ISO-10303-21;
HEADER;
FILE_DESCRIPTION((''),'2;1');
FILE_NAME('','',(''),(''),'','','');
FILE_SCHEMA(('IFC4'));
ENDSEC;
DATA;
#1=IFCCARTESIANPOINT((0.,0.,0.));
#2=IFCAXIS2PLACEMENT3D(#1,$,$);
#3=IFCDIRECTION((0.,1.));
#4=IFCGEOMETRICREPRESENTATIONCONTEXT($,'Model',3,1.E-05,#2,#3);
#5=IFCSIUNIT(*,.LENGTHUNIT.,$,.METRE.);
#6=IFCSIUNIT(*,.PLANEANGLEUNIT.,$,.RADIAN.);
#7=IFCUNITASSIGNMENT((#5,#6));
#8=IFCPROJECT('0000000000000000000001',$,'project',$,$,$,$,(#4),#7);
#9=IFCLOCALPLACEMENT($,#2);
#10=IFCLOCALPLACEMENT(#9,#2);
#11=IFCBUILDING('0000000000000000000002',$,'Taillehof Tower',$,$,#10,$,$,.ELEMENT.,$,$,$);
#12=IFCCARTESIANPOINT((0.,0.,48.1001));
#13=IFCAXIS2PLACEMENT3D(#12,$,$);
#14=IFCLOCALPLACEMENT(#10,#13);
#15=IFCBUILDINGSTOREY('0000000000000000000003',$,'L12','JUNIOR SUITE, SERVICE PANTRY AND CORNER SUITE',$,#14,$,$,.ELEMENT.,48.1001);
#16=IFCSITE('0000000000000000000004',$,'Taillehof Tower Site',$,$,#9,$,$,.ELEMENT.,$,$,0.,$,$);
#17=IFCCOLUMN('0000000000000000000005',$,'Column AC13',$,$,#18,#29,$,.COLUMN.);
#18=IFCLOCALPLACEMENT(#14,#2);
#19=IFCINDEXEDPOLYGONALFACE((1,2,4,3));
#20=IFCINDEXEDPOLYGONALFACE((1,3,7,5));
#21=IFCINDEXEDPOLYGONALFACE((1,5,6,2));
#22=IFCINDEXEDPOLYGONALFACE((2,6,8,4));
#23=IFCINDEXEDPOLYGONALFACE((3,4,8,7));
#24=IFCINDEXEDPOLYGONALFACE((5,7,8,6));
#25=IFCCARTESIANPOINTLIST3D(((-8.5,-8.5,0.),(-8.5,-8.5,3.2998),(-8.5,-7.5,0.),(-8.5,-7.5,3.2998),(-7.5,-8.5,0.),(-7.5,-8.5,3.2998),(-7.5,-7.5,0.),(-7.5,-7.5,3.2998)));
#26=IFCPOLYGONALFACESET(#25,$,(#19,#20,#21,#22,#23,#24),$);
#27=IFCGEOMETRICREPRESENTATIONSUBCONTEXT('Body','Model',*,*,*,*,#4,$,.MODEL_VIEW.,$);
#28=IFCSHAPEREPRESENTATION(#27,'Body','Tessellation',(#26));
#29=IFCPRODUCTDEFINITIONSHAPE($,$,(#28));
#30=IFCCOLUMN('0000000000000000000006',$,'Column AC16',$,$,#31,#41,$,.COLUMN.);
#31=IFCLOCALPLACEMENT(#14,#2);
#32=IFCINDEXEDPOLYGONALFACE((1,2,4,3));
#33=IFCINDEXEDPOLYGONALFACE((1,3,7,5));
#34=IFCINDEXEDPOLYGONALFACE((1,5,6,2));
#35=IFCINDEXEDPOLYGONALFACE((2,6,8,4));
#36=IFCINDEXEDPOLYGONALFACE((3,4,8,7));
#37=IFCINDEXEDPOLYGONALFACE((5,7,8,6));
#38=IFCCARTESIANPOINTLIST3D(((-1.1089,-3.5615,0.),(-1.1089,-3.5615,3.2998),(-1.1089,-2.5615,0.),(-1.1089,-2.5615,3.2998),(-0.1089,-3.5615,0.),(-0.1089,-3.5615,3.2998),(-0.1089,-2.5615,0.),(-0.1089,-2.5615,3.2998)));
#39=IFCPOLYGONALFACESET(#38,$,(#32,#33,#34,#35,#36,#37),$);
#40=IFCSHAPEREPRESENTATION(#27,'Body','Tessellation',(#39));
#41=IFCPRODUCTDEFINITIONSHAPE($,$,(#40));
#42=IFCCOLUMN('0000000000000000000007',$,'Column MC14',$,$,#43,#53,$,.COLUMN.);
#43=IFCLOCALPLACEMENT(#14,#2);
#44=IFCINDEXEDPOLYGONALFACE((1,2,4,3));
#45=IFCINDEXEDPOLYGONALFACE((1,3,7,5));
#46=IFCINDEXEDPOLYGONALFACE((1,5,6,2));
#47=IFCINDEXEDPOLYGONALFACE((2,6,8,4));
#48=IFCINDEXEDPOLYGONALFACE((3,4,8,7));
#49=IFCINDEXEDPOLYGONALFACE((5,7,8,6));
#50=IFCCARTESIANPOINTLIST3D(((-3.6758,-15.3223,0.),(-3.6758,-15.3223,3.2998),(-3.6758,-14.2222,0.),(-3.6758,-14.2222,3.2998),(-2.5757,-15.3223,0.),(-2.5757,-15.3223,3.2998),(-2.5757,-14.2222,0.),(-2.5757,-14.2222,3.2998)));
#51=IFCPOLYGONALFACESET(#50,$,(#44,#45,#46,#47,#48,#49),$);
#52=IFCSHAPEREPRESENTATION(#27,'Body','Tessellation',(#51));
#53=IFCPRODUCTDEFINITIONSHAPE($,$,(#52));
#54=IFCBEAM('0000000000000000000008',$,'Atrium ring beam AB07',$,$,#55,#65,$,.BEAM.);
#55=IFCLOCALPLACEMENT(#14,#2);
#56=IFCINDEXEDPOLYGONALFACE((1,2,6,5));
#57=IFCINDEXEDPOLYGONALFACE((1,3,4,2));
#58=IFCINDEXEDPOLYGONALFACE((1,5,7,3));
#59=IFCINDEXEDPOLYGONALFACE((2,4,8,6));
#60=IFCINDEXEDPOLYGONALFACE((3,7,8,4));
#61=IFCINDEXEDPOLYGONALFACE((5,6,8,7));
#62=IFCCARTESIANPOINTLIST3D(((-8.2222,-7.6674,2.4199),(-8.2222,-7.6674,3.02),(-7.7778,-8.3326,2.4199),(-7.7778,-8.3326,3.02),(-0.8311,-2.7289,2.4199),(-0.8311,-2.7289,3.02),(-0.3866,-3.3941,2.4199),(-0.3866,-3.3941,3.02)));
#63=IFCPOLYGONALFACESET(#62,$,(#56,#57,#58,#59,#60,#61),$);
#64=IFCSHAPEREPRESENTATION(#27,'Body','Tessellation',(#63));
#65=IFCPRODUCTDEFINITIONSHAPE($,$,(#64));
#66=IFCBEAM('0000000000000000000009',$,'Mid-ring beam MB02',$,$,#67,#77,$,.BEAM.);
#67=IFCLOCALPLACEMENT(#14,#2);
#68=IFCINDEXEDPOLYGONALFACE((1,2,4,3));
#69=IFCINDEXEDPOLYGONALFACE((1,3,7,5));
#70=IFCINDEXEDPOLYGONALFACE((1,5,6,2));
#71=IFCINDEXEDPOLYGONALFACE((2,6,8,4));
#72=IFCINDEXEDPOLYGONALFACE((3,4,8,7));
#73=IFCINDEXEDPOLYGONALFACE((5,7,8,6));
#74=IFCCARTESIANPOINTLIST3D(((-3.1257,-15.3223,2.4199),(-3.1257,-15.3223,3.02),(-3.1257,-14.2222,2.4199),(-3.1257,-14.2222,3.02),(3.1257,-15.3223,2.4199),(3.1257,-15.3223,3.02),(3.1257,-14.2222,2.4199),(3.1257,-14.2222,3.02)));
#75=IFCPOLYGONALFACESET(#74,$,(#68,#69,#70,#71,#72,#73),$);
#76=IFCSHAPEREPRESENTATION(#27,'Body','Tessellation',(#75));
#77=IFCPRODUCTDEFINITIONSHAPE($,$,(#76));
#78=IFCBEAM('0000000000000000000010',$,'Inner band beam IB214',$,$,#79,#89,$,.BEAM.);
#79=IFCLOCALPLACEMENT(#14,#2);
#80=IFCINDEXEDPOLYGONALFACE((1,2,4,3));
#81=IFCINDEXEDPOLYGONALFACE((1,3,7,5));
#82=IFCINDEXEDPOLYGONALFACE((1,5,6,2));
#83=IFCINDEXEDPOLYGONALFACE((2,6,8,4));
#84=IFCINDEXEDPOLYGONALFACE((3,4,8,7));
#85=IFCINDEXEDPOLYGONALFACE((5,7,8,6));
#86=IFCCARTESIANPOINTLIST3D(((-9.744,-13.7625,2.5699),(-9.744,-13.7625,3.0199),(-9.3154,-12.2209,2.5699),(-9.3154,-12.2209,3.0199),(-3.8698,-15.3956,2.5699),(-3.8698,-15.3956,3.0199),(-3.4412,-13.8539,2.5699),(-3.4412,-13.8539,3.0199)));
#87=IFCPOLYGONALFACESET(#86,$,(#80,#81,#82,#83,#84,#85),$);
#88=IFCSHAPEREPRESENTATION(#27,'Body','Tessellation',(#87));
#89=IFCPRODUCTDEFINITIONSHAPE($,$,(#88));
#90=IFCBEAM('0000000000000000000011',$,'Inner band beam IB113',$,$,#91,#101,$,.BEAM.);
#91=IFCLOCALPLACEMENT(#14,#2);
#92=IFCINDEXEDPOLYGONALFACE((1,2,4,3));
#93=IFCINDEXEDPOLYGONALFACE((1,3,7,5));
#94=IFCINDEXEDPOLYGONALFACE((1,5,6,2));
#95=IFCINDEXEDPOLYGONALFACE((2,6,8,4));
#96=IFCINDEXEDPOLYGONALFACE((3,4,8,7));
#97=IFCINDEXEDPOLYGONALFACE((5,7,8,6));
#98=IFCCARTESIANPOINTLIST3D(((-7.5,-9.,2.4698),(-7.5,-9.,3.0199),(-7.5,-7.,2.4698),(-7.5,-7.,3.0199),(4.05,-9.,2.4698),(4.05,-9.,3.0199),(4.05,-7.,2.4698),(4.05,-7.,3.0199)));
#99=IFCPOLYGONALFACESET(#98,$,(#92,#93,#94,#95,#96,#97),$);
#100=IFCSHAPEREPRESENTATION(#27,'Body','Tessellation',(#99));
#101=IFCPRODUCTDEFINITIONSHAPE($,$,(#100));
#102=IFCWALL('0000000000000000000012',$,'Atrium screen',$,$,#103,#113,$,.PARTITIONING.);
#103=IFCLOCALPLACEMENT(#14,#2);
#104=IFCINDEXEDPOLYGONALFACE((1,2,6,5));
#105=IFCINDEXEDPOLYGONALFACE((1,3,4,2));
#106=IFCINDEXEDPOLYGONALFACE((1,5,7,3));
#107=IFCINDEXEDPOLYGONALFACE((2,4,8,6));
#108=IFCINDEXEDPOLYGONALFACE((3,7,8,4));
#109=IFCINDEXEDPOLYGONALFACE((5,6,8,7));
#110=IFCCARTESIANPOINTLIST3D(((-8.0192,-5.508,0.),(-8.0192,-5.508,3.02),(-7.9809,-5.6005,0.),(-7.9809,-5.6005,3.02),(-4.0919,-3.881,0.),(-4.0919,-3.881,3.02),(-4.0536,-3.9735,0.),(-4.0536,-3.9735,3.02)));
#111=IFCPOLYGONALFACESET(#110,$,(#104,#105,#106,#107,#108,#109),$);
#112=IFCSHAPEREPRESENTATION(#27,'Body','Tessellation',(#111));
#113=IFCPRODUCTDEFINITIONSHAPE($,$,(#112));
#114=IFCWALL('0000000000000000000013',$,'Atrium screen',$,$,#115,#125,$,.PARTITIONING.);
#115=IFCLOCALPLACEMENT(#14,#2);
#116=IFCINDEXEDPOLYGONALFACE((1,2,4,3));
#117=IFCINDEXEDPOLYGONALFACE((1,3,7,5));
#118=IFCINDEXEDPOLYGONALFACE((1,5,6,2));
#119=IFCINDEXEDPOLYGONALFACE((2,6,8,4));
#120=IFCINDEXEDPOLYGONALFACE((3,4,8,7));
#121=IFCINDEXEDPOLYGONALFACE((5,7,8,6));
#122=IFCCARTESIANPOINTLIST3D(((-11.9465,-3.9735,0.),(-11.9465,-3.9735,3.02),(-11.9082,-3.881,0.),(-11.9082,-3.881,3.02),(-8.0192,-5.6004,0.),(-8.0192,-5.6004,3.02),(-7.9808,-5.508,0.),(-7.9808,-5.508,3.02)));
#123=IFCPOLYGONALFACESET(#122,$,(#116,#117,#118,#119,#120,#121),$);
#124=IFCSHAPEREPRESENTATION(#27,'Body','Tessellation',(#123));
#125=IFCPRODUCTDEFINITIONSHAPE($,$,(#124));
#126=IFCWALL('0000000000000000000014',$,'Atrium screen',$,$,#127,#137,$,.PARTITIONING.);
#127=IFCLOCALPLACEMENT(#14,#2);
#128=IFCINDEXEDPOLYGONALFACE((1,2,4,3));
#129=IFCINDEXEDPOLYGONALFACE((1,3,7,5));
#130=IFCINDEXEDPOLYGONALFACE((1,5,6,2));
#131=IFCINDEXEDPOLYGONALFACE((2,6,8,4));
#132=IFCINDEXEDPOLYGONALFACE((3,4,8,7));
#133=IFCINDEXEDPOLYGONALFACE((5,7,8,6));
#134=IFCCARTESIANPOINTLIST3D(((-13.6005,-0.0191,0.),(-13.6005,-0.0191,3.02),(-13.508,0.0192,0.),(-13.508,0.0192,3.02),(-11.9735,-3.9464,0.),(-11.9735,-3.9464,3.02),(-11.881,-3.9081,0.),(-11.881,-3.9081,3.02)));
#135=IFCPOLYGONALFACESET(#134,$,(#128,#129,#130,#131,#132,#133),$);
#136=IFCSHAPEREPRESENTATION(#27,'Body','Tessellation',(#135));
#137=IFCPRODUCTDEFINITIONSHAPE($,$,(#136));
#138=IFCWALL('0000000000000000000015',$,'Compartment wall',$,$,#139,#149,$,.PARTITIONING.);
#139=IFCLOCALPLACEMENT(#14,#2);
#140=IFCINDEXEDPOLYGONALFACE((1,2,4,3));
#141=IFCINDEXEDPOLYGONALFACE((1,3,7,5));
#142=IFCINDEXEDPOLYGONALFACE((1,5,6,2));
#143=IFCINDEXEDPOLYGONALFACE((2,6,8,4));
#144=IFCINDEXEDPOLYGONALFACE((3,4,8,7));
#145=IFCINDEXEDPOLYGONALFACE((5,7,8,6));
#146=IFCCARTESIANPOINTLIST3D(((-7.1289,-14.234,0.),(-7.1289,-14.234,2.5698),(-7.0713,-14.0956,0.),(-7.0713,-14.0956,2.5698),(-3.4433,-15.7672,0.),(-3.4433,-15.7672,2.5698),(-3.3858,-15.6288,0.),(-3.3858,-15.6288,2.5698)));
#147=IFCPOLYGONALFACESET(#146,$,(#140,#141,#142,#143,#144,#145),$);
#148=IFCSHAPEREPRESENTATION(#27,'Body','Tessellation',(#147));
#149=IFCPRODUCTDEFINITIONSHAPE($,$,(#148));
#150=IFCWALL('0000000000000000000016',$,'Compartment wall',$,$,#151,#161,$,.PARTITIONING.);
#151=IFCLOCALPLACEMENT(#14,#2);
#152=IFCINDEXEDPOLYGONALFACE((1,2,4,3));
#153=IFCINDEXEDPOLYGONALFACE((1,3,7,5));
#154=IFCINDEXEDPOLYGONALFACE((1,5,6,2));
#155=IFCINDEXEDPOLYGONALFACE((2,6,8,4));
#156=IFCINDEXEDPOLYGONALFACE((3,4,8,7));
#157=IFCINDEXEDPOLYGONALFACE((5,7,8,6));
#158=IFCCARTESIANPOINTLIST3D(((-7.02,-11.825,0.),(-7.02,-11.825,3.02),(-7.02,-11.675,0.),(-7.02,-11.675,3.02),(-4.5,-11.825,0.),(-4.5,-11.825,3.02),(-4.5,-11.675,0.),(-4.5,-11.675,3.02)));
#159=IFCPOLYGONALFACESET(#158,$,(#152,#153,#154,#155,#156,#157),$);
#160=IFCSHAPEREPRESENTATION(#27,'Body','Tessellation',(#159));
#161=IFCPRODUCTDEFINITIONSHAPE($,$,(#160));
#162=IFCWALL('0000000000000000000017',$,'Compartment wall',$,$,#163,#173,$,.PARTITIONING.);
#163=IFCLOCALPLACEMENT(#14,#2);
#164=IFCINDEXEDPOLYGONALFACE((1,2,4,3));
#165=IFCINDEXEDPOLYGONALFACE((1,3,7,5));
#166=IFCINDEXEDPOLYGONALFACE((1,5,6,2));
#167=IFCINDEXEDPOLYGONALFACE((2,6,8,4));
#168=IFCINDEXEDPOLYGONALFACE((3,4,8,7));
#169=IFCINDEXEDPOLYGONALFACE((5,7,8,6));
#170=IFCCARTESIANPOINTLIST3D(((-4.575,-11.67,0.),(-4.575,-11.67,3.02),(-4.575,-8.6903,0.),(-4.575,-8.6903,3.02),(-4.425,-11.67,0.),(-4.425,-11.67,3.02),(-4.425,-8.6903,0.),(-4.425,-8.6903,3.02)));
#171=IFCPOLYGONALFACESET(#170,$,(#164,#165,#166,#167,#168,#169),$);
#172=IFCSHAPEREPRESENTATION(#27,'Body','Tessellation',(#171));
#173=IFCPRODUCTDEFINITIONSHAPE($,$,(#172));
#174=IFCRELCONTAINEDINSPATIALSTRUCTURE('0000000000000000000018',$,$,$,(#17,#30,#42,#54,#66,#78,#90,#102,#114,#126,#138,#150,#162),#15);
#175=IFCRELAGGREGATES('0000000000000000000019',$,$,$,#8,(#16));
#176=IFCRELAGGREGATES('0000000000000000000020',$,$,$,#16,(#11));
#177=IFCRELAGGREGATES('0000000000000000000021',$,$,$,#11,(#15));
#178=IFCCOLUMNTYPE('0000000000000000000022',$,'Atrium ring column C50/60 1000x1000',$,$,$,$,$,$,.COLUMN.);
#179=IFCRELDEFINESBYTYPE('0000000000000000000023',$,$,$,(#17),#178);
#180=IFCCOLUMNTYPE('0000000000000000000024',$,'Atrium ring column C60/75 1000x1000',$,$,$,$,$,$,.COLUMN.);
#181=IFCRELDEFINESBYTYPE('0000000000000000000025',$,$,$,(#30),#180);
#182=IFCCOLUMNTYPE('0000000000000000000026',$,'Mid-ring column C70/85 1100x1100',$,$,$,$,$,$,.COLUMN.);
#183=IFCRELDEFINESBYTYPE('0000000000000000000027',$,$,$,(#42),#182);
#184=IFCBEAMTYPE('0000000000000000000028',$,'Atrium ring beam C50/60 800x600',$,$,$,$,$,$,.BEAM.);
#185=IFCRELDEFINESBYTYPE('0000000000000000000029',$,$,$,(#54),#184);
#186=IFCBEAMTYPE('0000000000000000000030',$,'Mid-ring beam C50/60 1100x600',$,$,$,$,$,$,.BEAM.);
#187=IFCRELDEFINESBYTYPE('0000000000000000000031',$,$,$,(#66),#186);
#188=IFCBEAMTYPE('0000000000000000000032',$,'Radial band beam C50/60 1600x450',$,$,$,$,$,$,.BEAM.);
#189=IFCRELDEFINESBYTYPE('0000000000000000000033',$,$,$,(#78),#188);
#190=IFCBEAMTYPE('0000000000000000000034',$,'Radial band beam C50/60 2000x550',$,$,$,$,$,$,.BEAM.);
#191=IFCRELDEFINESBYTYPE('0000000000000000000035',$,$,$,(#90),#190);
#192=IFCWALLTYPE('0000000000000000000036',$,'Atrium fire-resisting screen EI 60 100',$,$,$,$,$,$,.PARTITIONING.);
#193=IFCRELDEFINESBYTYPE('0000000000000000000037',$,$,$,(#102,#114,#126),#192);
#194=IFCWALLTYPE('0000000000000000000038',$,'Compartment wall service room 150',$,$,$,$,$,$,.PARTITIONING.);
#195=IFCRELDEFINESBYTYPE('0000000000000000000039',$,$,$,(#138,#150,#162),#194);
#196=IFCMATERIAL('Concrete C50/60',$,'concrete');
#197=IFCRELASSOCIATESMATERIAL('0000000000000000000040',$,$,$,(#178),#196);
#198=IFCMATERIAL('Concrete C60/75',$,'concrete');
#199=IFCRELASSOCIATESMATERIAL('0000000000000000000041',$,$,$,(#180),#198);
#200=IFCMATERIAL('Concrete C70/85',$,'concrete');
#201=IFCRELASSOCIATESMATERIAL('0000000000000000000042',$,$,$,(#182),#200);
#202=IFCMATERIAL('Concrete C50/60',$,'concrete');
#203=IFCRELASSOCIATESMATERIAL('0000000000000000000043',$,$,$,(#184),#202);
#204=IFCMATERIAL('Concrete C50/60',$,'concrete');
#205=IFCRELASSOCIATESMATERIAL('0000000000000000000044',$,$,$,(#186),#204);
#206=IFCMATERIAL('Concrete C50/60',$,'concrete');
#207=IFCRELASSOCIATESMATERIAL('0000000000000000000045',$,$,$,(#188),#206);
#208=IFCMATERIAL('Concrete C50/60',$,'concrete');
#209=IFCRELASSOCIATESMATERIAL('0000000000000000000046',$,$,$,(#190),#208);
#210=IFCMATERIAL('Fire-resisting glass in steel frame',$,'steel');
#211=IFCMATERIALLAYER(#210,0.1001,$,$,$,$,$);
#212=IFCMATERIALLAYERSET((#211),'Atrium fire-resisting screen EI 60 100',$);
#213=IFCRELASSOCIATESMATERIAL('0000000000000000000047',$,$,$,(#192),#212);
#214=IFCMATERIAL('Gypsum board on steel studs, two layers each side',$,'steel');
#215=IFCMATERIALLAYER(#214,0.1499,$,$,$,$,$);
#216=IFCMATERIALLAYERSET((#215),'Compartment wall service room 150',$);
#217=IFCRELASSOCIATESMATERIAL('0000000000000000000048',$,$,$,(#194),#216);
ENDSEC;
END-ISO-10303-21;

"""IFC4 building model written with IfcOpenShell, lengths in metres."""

from ifc_helpers import new_model, si_unit, direction, frame, frame_2d, origin, origin_2d, place, context, subcontext, project, spatial, rectangle, extrude, material, layer, layer_set, material_profile, profile_set, type_object, element, save


model = new_model("IFC4")

# Units and contexts
model_context = context("Model", 3, precision=1e-05, world=origin(), true_north=direction((0.0, 1.0)))
body_context = subcontext(model_context, "Body", "Model", "MODEL_VIEW")
ifc_project = project(units=[si_unit("LENGTHUNIT", "METRE"), si_unit("PLANEANGLEUNIT", "RADIAN")], contexts=[model_context])

# Site, building, storey
site_placement = place(None, origin())
site = spatial("IfcSite", under=ifc_project, at=site_placement, Name="Taillehof Tower Site", CompositionType="ELEMENT", RefElevation=0.0)
building_placement = place(site_placement, origin())
building = spatial("IfcBuilding", under=site, at=building_placement, Name="Taillehof Tower", CompositionType="ELEMENT")
storey_placement = place(building_placement, frame((0.0, 0.0, 48.1001)))
storey = spatial("IfcBuildingStorey", under=building, at=storey_placement, Name="L12", Description="JUNIOR SUITE, SERVICE PANTRY AND CORNER SUITE", CompositionType="ELEMENT", Elevation=48.1001)

# Columns
ifc_material_1 = material(Name="Concrete C50/60", Category="concrete")
ifc_material_profile_1 = material_profile(ifc_material_1, rectangle(XDim=1.0, YDim=1.0, at=origin_2d()), Name="RC 1000x1000")
ifc_profile_set_1 = profile_set([ifc_material_profile_1], Name="Concrete C50/60")
column_type_1 = type_object("IfcColumnType", Name="Atrium ring column C50/60 1000x1000", PredefinedType="COLUMN", material=ifc_profile_set_1)
column_1_placement = place(storey_placement, frame((-8.0, -8.0, 0.0), z_axis=(0.0, 0.0, 1.0), x_axis=(1.0, 0.0, 0.0)))
element("IfcColumn", 1, at=column_1_placement, inside=storey, type_object=column_type_1, Name="Column AC13", PredefinedType="COLUMN", context=body_context, shape_type="SweptSolid", body=[
    extrude(rectangle(XDim=1.0, YDim=1.0, at=origin_2d()), origin(), (0.0, 0.0, 1.0), 3.2998),
])
ifc_material_2 = material(Name="Concrete C60/75", Category="concrete")
ifc_material_profile_2 = material_profile(ifc_material_2, rectangle(XDim=1.0, YDim=1.0, at=origin_2d()), Name="RC 1000x1000")
ifc_profile_set_2 = profile_set([ifc_material_profile_2], Name="Concrete C60/75")
column_type_2 = type_object("IfcColumnType", Name="Atrium ring column C60/75 1000x1000", PredefinedType="COLUMN", material=ifc_profile_set_2)
column_2_placement = place(storey_placement, frame((-0.6089, -3.0615, 0.0), z_axis=(0.0, 0.0, 1.0), x_axis=(1.0, 0.0, 0.0)))
element("IfcColumn", 2, at=column_2_placement, inside=storey, type_object=column_type_2, Name="Column AC16", PredefinedType="COLUMN", context=body_context, shape_type="SweptSolid", body=[
    extrude(rectangle(XDim=1.0, YDim=1.0, at=origin_2d()), origin(), (0.0, 0.0, 1.0), 3.2998),
])
ifc_material_3 = material(Name="Concrete C70/85", Category="concrete")
ifc_material_profile_3 = material_profile(ifc_material_3, rectangle(XDim=1.1001, YDim=1.1001, at=origin_2d()), Name="RC 1100x1100")
ifc_profile_set_3 = profile_set([ifc_material_profile_3], Name="Concrete C70/85")
column_type_3 = type_object("IfcColumnType", Name="Mid-ring column C70/85 1100x1100", PredefinedType="COLUMN", material=ifc_profile_set_3)
column_3_placement = place(storey_placement, frame((-3.1257, -14.7722, 0.0), z_axis=(0.0, 0.0, 1.0), x_axis=(1.0, 0.0, 0.0)))
element("IfcColumn", 3, at=column_3_placement, inside=storey, type_object=column_type_3, Name="Column MC14", PredefinedType="COLUMN", context=body_context, shape_type="SweptSolid", body=[
    extrude(rectangle(XDim=1.1001, YDim=1.1001, at=origin_2d()), origin(), (0.0, 0.0, 1.0), 3.2998),
])

# Beams
ifc_material_4 = material(Name="Concrete C50/60", Category="concrete")
ifc_material_profile_4 = material_profile(ifc_material_4, rectangle(XDim=0.8, YDim=0.6001, at=origin_2d()), Name="RC 800x600")
ifc_profile_set_4 = profile_set([ifc_material_profile_4], Name="Concrete C50/60")
beam_type_1 = type_object("IfcBeamType", Name="Atrium ring beam C50/60 800x600", PredefinedType="BEAM", material=ifc_profile_set_4)
beam_1_placement = place(storey_placement, frame((-8.0, -8.0, 2.72), z_axis=(0.831475, 0.555562, 0.0), x_axis=(-0.555562, 0.831475, 0.0)))
element("IfcBeam", 4, at=beam_1_placement, inside=storey, type_object=beam_type_1, Name="Atrium ring beam AB07", PredefinedType="BEAM", context=body_context, shape_type="SweptSolid", body=[
    extrude(rectangle(XDim=0.8, YDim=0.6001, at=origin_2d()), origin(), (0.0, 0.0, 1.0), 8.8892),
])
ifc_material_5 = material(Name="Concrete C50/60", Category="concrete")
ifc_material_profile_5 = material_profile(ifc_material_5, rectangle(XDim=1.1001, YDim=0.6001, at=origin_2d()), Name="RC 1100x600")
ifc_profile_set_5 = profile_set([ifc_material_profile_5], Name="Concrete C50/60")
beam_type_2 = type_object("IfcBeamType", Name="Mid-ring beam C50/60 1100x600", PredefinedType="BEAM", material=ifc_profile_set_5)
beam_2_placement = place(storey_placement, frame((-3.1257, -14.7722, 2.72), z_axis=(1.0, 0.0, 0.0), x_axis=(0.0, 1.0, 0.0)))
element("IfcBeam", 5, at=beam_2_placement, inside=storey, type_object=beam_type_2, Name="Mid-ring beam MB02", PredefinedType="BEAM", context=body_context, shape_type="SweptSolid", body=[
    extrude(rectangle(XDim=1.1001, YDim=0.6001, at=origin_2d()), origin(), (0.0, 0.0, 1.0), 6.2515),
])
ifc_material_6 = material(Name="Concrete C50/60", Category="concrete")
ifc_material_profile_6 = material_profile(ifc_material_6, rectangle(XDim=1.6001, YDim=0.45, at=origin_2d()), Name="RC 1600x450")
ifc_profile_set_6 = profile_set([ifc_material_profile_6], Name="Concrete C50/60")
beam_type_3 = type_object("IfcBeamType", Name="Radial band beam C50/60 1600x450", PredefinedType="BEAM", material=ifc_profile_set_6)
beam_3_placement = place(storey_placement, frame((-3.6555, -14.6248, 2.7949), z_axis=(-0.963459, 0.267855, 0.0), x_axis=(-0.267855, -0.963459, 0.0)))
element("IfcBeam", 6, at=beam_3_placement, inside=storey, type_object=beam_type_3, Name="Inner band beam IB214", PredefinedType="BEAM", context=body_context, shape_type="SweptSolid", body=[
    extrude(rectangle(XDim=1.6001, YDim=0.45, at=origin_2d()), origin(), (0.0, 0.0, 1.0), 6.0969),
])
ifc_material_7 = material(Name="Concrete C50/60", Category="concrete")
ifc_material_profile_7 = material_profile(ifc_material_7, rectangle(XDim=2.0, YDim=0.55, at=origin_2d()), Name="RC 2000x550")
ifc_profile_set_7 = profile_set([ifc_material_profile_7], Name="Concrete C50/60")
beam_type_4 = type_object("IfcBeamType", Name="Radial band beam C50/60 2000x550", PredefinedType="BEAM", material=ifc_profile_set_7)
beam_4_placement = place(storey_placement, frame((-7.5, -8.0, 2.7449), z_axis=(1.0, 0.0, 0.0), x_axis=(0.0, 1.0, 0.0)))
element("IfcBeam", 7, at=beam_4_placement, inside=storey, type_object=beam_type_4, Name="Inner band beam IB113", PredefinedType="BEAM", context=body_context, shape_type="SweptSolid", body=[
    extrude(rectangle(XDim=2.0, YDim=0.55, at=origin_2d()), origin(), (0.0, 0.0, 1.0), 11.55),
])

# Walls
ifc_material_8 = material(Name="Fire-resisting glass in steel frame", Category="steel")
ifc_layer_1 = layer(ifc_material_8, 0.1001)
ifc_layer_set_1 = layer_set([ifc_layer_1], Name="Atrium fire-resisting screen EI 60 100")
wall_type_1 = type_object("IfcWallType", Name="Atrium fire-resisting screen EI 60 100", PredefinedType="PARTITIONING", material=ifc_layer_set_1)
for number, where, z_axis, x_axis, name in (
    (8, (-4.0728, -3.9272, 0.0), (0.0, 0.0, 1.0), (-0.92386, -0.382731, 0.0), "Atrium screen"),
    (9, (-8.0, -5.5542, 0.0), (0.0, 0.0, 1.0), (-0.92386, 0.382731, 0.0), "Atrium screen"),
    (10, (-11.9272, -3.9272, 0.0), (0.0, 0.0, 1.0), (-0.382731, 0.92386, 0.0), "Atrium screen"),
):
    element("IfcWall", number, at=place(storey_placement, frame(where, z_axis=z_axis, x_axis=x_axis)), inside=storey, type_object=wall_type_1, Name=name, PredefinedType="PARTITIONING", context=body_context, shape_type="SweptSolid", body=[
        extrude(rectangle(XDim=4.251, YDim=0.1001, at=frame_2d((2.1255, 0.0))), origin(), (0.0, 0.0, 1.0), 3.02),
    ])
ifc_material_9 = material(Name="Gypsum board on steel studs, two layers each side", Category="steel")
ifc_layer_2 = layer(ifc_material_9, 0.1499)
ifc_layer_set_2 = layer_set([ifc_layer_2], Name="Compartment wall service room 150")
wall_type_2 = type_object("IfcWallType", Name="Compartment wall service room 150", PredefinedType="PARTITIONING", material=ifc_layer_set_2)
wall_1_placement = place(storey_placement, frame((-3.4146, -15.698, 0.0), z_axis=(0.0, 0.0, 1.0), x_axis=(-0.923294, 0.384094, 0.0)))
element("IfcWall", 11, at=wall_1_placement, inside=storey, type_object=wall_type_2, Name="Compartment wall", PredefinedType="PARTITIONING", context=body_context, shape_type="SweptSolid", body=[
    extrude(rectangle(XDim=3.9917, YDim=0.1499, at=frame_2d((1.9958, 0.0))), origin(), (0.0, 0.0, 1.0), 2.5698),
])
wall_2_placement = place(storey_placement, frame((-7.02, -11.75, 0.0), z_axis=(0.0, 0.0, 1.0), x_axis=(1.0, 0.0, 0.0)))
element("IfcWall", 12, at=wall_2_placement, inside=storey, type_object=wall_type_2, Name="Compartment wall", PredefinedType="PARTITIONING", context=body_context, shape_type="SweptSolid", body=[
    extrude(rectangle(XDim=2.52, YDim=0.1499, at=frame_2d((1.26, 0.0))), origin(), (0.0, 0.0, 1.0), 3.02),
])
wall_3_placement = place(storey_placement, frame((-4.5, -11.6699, 0.0), z_axis=(0.0, 0.0, 1.0), x_axis=(0.0, 1.0, 0.0)))
element("IfcWall", 13, at=wall_3_placement, inside=storey, type_object=wall_type_2, Name="Compartment wall", PredefinedType="PARTITIONING", context=body_context, shape_type="SweptSolid", body=[
    extrude(rectangle(XDim=2.9797, YDim=0.1499, at=frame_2d((1.4897, 0.0))), origin(), (0.0, 0.0, 1.0), 3.02),
])

save(model, "model.ifc")
